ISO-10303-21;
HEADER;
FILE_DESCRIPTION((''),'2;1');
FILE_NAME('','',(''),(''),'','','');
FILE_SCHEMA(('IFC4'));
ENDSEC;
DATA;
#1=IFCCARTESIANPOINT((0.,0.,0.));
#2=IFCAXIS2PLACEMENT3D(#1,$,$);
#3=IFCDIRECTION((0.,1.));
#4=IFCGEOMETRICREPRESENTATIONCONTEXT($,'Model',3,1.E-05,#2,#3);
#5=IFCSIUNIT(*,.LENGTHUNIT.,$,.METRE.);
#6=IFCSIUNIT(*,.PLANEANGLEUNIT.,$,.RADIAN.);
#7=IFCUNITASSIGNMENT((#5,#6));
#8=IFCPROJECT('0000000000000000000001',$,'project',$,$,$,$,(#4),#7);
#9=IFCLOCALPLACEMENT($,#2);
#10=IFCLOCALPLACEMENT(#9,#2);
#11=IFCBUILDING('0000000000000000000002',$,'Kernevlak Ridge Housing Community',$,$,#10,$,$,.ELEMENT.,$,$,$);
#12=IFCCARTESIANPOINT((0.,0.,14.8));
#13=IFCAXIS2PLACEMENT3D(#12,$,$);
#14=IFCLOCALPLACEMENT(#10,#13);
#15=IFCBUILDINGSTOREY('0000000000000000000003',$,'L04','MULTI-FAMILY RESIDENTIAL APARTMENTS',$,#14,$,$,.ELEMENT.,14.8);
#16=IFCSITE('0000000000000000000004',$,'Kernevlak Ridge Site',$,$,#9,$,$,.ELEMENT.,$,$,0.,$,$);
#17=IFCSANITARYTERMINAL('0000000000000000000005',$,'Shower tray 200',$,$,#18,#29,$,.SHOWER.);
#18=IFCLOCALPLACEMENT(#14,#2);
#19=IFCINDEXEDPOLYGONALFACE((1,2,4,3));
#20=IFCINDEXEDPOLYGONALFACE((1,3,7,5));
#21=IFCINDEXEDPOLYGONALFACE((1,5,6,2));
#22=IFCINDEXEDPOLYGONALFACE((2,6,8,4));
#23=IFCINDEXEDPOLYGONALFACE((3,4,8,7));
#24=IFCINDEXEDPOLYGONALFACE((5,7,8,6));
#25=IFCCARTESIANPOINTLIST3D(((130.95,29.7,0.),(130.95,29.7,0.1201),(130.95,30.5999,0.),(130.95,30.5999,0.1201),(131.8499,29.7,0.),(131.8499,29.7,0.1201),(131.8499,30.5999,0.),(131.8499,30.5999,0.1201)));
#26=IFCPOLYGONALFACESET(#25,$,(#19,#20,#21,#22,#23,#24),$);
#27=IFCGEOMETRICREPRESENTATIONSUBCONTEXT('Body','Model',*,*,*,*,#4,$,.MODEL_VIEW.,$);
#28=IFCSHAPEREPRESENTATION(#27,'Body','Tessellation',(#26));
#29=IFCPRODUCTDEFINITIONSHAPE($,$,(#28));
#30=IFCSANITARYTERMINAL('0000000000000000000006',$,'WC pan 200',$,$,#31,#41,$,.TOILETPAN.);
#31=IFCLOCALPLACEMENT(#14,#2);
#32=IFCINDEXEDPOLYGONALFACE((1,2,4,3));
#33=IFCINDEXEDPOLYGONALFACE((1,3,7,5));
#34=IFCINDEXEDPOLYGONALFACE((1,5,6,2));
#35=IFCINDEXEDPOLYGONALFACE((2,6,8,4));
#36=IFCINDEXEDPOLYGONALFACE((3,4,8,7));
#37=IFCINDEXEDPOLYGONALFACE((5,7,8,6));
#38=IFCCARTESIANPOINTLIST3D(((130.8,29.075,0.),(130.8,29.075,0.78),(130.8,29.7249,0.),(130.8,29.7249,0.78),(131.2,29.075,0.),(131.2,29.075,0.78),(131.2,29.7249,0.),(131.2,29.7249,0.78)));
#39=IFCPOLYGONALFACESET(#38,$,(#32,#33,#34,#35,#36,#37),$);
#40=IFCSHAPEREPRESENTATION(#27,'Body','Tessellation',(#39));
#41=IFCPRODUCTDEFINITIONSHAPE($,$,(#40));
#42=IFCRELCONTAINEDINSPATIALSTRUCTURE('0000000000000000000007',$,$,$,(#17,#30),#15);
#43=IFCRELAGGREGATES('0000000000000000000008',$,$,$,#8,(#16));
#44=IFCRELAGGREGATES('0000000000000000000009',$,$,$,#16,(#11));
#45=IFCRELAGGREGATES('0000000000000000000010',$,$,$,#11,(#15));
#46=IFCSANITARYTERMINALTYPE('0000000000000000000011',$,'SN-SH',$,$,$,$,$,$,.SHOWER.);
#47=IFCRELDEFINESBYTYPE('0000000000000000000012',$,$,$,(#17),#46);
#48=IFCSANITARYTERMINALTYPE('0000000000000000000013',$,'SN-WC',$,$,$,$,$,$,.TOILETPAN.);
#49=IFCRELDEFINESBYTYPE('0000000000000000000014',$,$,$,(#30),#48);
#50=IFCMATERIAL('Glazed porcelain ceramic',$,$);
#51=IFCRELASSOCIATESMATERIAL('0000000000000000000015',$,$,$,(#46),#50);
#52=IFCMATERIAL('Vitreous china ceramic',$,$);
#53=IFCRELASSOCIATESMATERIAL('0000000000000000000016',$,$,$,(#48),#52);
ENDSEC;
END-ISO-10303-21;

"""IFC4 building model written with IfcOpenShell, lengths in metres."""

from ifc_helpers import new_model, si_unit, direction, frame, origin, origin_2d, place, context, subcontext, project, spatial, rectangle, extrude, material, type_object, element, save


model = new_model("IFC4")

# Units and contexts
model_context = context("Model", 3, precision=1e-05, world=origin(), true_north=direction((0.0, 1.0)))
body_context = subcontext(model_context, "Body", "Model", "MODEL_VIEW")
ifc_project = project(units=[si_unit("LENGTHUNIT", "METRE"), si_unit("PLANEANGLEUNIT", "RADIAN")], contexts=[model_context])

# Site, building, storey
site_placement = place(None, origin())
site = spatial("IfcSite", under=ifc_project, at=site_placement, Name="Kernevlak Ridge Site", CompositionType="ELEMENT", RefElevation=0.0)
building_placement = place(site_placement, origin())
building = spatial("IfcBuilding", under=site, at=building_placement, Name="Kernevlak Ridge Housing Community", CompositionType="ELEMENT")
storey_placement = place(building_placement, frame((0.0, 0.0, 14.8)))
storey = spatial("IfcBuildingStorey", under=building, at=storey_placement, Name="L04", Description="MULTI-FAMILY RESIDENTIAL APARTMENTS", CompositionType="ELEMENT", Elevation=14.8)

# Sanitary terminals
ifc_material_1 = material(Name="Vitreous china ceramic")
ifc_material_2 = material(Name="Glazed porcelain ceramic")
sanitary_terminal_type_1 = type_object("IfcSanitaryTerminalType", Name="SN-SH", PredefinedType="SHOWER", material=ifc_material_2)
sanitary_terminal_1_placement = place(storey_placement, frame((131.3999, 30.1499, 0.0), z_axis=(0.0, 0.0, 1.0), x_axis=(1.0, 0.0, 0.0)))
element("IfcSanitaryTerminal", 1, at=sanitary_terminal_1_placement, inside=storey, type_object=sanitary_terminal_type_1, Name="Shower tray 200", PredefinedType="SHOWER", context=body_context, shape_type="SweptSolid", body=[
    extrude(rectangle(XDim=0.8999, YDim=0.8999, at=origin_2d()), origin(), (0.0, 0.0, 1.0), 0.1201),
])
sanitary_terminal_type_2 = type_object("IfcSanitaryTerminalType", Name="SN-WC", PredefinedType="TOILETPAN", material=ifc_material_1)
sanitary_terminal_2_placement = place(storey_placement, frame((131.0, 29.3999, 0.0), z_axis=(0.0, 0.0, 1.0), x_axis=(1.0, 0.0, 0.0)))
element("IfcSanitaryTerminal", 2, at=sanitary_terminal_2_placement, inside=storey, type_object=sanitary_terminal_type_2, Name="WC pan 200", PredefinedType="TOILETPAN", context=body_context, shape_type="SweptSolid", body=[
    extrude(rectangle(XDim=0.3999, YDim=0.6499, at=origin_2d()), origin(), (0.0, 0.0, 1.0), 0.78),
])

save(model, "model.ifc")
